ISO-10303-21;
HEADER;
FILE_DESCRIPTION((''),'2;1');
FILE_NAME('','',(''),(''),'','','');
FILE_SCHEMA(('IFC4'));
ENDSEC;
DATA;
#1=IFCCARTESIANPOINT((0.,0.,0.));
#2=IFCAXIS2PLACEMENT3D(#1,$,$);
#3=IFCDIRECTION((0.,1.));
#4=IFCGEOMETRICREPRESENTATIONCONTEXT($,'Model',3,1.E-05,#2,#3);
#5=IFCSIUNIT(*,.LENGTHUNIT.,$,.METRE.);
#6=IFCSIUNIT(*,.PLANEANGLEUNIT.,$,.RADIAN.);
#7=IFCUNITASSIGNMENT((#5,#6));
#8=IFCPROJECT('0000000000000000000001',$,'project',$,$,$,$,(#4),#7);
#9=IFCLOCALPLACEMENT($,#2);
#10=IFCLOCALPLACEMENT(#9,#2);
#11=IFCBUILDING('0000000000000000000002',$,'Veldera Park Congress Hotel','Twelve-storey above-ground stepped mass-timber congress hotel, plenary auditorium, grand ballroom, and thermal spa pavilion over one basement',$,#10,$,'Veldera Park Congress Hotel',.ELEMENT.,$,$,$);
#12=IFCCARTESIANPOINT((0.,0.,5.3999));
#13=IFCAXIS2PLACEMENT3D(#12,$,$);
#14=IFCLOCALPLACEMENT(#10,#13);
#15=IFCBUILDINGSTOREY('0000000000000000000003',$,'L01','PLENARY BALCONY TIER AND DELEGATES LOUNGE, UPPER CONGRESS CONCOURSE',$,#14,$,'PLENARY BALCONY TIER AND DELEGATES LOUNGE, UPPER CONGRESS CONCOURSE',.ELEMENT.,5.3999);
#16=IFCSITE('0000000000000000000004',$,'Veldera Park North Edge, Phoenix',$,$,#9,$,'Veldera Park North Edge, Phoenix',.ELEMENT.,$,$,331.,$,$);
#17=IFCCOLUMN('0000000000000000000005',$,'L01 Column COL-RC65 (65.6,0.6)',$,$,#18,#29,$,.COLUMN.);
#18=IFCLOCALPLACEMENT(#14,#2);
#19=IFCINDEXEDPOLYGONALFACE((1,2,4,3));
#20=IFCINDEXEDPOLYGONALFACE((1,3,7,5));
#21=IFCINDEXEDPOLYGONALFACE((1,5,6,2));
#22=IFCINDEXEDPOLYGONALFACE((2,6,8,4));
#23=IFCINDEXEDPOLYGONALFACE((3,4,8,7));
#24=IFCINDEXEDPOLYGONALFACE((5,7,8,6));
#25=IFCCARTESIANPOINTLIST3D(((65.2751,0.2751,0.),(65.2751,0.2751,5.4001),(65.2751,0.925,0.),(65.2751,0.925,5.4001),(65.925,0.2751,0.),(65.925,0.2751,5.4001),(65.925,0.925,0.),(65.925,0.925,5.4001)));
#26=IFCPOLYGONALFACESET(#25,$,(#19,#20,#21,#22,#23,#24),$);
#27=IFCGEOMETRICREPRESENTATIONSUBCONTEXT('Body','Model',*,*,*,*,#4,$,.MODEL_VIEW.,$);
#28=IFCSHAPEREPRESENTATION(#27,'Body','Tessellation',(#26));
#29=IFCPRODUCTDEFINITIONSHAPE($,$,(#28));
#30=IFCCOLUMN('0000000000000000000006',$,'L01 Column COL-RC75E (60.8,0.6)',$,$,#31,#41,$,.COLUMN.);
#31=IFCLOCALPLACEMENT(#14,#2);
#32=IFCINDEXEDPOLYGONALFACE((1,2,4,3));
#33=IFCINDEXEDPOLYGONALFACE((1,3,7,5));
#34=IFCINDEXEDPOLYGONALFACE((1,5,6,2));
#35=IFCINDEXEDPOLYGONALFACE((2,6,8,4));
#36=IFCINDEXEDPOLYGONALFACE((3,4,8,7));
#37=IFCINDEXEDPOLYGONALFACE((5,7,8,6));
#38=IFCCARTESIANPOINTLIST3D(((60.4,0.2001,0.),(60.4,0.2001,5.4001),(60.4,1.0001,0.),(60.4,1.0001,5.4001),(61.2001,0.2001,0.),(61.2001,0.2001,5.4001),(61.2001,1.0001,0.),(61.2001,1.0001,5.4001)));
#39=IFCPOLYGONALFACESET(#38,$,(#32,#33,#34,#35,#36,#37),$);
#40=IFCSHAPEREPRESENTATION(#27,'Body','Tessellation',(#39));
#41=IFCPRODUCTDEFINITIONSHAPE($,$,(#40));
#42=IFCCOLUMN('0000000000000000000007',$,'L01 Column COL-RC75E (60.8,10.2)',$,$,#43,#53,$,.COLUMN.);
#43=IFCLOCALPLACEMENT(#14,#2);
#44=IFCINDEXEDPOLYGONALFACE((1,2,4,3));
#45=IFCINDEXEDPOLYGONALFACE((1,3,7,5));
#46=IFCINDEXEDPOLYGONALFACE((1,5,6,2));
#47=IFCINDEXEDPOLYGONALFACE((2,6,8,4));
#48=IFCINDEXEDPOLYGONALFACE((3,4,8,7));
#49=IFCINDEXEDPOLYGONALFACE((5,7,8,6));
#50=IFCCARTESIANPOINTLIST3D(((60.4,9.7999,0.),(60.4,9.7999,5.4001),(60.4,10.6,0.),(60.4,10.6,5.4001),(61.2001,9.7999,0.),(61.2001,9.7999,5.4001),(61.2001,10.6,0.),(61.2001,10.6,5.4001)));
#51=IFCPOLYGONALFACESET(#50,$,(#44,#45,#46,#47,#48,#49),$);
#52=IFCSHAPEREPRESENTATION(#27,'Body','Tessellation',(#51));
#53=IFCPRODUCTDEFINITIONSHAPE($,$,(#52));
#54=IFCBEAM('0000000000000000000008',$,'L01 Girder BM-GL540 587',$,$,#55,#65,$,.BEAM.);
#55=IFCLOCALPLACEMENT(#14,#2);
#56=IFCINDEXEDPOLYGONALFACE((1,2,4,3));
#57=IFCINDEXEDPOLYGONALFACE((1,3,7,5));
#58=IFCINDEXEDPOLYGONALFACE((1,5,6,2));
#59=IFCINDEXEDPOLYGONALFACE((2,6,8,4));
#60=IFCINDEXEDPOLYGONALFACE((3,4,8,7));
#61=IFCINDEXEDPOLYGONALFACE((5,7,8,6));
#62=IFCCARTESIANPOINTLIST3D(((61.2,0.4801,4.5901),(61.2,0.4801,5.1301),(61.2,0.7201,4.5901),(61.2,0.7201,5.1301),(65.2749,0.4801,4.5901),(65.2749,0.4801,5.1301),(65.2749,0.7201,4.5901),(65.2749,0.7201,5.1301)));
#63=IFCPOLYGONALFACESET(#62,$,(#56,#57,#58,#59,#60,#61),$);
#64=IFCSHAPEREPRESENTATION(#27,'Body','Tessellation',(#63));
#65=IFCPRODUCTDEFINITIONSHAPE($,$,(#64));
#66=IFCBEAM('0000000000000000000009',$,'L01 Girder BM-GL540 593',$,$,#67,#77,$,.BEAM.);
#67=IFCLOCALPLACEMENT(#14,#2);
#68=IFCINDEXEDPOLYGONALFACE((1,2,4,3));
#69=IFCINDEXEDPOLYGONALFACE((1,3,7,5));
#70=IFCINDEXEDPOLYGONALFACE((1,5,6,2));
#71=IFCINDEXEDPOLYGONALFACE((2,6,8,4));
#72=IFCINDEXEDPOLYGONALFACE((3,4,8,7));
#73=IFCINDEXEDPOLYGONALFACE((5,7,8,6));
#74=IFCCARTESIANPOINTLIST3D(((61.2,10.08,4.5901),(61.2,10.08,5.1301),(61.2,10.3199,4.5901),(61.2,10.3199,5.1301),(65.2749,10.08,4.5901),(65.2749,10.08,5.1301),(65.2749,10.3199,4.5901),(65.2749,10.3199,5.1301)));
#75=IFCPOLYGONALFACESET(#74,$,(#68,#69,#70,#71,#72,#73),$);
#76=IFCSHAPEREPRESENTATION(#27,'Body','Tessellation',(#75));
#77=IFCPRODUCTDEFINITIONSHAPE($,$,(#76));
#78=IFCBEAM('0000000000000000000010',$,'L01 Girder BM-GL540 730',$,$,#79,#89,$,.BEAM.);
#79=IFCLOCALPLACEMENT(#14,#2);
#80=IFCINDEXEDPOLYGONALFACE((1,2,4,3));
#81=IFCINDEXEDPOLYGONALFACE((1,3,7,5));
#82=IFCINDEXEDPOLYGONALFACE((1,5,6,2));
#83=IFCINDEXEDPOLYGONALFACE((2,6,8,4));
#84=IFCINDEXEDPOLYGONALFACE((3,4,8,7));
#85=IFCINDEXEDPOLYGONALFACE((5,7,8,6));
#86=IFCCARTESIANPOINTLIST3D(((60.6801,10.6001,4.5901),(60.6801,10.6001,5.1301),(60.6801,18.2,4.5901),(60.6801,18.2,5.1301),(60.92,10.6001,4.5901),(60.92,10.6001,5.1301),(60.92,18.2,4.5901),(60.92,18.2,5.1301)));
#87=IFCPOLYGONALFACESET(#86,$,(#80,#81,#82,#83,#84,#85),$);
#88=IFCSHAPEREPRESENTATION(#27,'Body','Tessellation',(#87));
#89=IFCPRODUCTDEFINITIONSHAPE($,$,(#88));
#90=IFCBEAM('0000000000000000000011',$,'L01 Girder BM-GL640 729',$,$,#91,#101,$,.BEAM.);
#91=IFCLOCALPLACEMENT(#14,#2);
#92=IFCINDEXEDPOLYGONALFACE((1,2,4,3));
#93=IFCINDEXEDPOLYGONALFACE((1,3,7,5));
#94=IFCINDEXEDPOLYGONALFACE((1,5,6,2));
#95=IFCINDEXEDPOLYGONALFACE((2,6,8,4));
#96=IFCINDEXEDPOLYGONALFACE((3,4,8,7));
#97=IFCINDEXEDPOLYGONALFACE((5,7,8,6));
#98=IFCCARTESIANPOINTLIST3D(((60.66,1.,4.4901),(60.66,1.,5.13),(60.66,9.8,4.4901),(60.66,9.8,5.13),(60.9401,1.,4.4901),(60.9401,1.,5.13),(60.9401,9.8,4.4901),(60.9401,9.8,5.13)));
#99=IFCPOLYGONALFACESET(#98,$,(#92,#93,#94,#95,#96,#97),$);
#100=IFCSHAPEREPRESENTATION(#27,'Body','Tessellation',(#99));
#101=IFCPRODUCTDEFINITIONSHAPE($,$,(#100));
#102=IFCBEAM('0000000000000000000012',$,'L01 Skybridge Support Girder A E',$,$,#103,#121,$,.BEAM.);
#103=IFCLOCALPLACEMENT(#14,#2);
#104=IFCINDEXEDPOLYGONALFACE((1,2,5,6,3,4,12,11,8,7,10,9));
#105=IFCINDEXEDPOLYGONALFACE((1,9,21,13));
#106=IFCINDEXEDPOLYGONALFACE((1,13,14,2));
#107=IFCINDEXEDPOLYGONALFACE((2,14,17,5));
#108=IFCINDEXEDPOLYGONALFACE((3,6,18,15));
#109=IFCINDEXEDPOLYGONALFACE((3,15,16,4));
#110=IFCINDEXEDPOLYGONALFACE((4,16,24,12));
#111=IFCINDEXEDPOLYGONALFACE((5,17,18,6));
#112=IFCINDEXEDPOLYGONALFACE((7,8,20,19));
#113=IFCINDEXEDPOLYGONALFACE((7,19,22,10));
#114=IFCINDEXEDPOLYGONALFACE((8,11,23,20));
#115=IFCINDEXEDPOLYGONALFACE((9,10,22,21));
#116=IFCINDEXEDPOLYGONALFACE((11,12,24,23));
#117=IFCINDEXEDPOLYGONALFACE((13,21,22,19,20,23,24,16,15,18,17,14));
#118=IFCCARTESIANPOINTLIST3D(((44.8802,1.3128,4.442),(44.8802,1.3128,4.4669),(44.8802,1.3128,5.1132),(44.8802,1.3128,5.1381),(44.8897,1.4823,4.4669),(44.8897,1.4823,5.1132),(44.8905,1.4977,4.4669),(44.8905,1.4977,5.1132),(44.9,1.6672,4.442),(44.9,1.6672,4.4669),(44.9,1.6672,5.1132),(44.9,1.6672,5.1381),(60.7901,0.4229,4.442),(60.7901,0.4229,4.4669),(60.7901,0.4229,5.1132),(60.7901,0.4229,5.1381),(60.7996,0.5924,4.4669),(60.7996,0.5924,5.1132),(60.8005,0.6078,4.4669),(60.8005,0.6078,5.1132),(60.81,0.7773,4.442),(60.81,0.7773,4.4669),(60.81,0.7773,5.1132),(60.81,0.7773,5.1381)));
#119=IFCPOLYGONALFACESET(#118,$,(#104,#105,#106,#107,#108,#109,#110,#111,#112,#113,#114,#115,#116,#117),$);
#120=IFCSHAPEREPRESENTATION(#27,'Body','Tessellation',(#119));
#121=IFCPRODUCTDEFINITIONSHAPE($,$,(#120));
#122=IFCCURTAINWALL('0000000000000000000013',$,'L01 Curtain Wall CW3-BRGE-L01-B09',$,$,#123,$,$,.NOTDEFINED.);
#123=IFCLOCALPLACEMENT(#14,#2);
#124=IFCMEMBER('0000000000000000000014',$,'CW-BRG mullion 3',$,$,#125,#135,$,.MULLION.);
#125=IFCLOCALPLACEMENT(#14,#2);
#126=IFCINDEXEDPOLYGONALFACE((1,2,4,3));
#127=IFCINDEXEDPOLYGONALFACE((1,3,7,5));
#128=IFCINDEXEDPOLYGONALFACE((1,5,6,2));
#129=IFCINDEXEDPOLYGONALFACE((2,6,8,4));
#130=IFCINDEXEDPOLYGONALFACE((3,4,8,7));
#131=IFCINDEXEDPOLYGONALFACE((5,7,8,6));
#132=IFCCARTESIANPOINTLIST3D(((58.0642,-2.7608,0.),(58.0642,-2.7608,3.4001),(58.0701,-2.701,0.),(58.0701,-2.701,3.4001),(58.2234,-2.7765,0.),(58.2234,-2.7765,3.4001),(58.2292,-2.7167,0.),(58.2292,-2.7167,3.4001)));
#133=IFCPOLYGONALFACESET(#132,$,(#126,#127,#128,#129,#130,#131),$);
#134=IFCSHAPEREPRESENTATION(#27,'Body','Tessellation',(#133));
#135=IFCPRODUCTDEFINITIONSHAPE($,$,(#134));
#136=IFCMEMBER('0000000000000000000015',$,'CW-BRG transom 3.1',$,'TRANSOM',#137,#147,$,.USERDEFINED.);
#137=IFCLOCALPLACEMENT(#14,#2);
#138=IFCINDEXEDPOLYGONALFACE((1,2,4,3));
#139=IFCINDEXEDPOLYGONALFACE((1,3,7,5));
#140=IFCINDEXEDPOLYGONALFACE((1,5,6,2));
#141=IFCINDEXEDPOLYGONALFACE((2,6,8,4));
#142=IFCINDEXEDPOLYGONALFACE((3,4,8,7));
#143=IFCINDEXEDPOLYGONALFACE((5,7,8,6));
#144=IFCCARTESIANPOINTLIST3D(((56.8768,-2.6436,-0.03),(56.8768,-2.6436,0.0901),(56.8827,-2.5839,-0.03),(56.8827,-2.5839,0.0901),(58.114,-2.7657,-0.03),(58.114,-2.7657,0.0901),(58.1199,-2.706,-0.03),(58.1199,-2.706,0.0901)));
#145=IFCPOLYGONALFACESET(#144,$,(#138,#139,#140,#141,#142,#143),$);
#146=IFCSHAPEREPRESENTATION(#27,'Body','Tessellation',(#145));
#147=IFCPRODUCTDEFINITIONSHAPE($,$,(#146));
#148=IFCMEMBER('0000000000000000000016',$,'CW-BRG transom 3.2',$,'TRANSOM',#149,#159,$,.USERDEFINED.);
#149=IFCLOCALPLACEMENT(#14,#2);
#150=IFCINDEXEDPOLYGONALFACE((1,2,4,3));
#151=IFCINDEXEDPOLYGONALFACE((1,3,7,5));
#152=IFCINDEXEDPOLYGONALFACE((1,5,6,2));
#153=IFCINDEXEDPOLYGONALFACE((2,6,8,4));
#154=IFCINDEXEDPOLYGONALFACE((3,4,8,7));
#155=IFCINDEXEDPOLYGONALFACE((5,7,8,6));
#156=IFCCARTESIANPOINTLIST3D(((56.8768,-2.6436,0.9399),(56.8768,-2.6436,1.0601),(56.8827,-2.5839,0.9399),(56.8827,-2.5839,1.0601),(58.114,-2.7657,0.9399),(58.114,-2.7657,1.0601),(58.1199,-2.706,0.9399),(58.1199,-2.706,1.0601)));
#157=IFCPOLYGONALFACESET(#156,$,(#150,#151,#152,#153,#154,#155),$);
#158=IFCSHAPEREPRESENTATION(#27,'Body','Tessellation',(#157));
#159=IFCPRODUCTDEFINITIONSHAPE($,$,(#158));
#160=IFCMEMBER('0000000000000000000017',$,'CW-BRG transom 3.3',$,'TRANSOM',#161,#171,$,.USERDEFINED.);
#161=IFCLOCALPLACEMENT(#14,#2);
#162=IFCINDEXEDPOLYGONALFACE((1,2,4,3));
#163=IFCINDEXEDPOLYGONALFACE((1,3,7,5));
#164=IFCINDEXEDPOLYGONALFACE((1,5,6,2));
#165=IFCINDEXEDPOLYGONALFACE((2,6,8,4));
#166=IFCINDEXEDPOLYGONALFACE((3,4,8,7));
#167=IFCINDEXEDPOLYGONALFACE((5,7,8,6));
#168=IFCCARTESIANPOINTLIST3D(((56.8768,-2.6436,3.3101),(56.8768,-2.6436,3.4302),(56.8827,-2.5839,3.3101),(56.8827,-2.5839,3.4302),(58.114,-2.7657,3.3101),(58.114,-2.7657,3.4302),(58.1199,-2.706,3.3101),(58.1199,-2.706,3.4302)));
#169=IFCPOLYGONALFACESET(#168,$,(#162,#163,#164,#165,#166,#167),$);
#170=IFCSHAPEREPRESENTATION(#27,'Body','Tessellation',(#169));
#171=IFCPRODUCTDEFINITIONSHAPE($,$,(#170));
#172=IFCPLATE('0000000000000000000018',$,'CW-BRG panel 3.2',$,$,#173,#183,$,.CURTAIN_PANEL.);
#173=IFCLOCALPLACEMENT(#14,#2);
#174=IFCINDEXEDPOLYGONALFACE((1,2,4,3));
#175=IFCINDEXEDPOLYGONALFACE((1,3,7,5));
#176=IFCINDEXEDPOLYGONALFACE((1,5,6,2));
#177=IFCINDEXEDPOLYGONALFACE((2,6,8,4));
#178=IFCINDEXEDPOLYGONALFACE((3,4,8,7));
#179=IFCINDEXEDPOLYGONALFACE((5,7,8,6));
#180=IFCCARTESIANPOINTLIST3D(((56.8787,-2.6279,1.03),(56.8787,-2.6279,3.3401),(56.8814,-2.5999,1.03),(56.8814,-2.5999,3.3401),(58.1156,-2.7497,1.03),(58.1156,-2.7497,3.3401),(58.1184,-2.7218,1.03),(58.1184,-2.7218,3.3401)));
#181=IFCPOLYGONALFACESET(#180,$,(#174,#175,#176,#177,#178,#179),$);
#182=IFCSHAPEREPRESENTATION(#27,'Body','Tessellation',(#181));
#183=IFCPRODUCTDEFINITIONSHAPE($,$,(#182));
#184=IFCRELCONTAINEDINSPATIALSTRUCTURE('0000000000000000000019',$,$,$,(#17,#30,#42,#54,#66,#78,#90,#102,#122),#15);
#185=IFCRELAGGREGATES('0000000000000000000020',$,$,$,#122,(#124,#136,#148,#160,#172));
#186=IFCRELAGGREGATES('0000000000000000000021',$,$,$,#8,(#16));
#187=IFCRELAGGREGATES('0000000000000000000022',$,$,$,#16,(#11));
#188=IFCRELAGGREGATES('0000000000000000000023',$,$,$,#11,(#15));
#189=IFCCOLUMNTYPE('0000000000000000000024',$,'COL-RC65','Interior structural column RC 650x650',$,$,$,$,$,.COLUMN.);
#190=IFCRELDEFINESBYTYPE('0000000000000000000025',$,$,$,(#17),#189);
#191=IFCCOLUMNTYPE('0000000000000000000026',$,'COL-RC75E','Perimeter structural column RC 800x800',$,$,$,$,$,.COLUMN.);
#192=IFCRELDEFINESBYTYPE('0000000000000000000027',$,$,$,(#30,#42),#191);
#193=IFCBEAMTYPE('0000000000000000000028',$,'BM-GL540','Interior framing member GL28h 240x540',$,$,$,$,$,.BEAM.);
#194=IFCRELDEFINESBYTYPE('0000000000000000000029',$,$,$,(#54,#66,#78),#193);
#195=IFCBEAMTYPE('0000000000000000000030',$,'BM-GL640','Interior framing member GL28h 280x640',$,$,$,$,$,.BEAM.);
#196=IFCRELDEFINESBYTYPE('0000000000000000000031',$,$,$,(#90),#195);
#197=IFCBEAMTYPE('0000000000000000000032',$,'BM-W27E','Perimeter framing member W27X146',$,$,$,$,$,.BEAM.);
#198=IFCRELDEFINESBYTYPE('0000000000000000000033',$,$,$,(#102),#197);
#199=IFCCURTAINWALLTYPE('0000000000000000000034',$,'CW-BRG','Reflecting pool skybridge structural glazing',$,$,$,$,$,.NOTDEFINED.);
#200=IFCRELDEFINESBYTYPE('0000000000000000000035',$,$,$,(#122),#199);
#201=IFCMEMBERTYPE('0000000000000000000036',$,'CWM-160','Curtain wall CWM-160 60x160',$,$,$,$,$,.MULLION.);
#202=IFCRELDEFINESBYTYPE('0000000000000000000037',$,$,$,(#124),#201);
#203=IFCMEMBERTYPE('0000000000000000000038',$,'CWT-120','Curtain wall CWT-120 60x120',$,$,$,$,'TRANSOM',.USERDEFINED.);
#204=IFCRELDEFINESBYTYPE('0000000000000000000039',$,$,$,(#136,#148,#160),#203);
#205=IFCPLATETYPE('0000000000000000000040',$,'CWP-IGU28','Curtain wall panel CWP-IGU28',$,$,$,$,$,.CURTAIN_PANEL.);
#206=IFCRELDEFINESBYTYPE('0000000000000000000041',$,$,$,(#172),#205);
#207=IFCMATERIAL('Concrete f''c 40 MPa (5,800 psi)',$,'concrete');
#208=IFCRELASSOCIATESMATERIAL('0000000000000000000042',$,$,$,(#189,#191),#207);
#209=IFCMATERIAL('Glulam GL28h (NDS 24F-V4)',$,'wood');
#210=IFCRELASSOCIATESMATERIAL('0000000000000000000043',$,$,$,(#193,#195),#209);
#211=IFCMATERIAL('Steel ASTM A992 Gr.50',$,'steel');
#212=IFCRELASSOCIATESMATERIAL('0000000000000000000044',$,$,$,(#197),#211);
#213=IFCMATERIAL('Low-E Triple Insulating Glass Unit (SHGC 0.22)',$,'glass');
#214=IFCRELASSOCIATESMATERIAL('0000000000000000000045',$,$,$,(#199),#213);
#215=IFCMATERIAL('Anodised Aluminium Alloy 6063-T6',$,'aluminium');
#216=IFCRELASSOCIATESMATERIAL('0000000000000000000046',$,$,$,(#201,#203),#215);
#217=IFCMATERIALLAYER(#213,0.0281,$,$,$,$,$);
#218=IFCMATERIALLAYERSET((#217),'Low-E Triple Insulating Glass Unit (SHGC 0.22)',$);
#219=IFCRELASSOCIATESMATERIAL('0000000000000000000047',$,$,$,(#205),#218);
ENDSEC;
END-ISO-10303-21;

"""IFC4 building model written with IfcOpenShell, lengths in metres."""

from ifc_helpers import new_model, si_unit, direction, frame, origin, origin_2d, place, context, subcontext, project, spatial, rectangle, i_section, extrude, material, layer, layer_set, material_profile, profile_set, type_object, element, aggregate, save


model = new_model("IFC4")

# Units and contexts
model_context = context("Model", 3, precision=1e-05, world=origin(), true_north=direction((0.0, 1.0)))
body_context = subcontext(model_context, "Body", "Model", "MODEL_VIEW")
ifc_project = project(units=[si_unit("LENGTHUNIT", "METRE"), si_unit("PLANEANGLEUNIT", "RADIAN")], contexts=[model_context])

# Site, building, storey
site_placement = place(None, origin())
site = spatial("IfcSite", under=ifc_project, at=site_placement, Name="Veldera Park North Edge, Phoenix", LongName="Veldera Park North Edge, Phoenix", CompositionType="ELEMENT", RefElevation=331.0)
building_placement = place(site_placement, origin())
building = spatial("IfcBuilding", under=site, at=building_placement, Name="Veldera Park Congress Hotel", Description="Twelve-storey above-ground stepped mass-timber congress hotel, plenary auditorium, grand ballroom, and thermal spa pavilion over one basement", LongName="Veldera Park Congress Hotel", CompositionType="ELEMENT")
storey_placement = place(building_placement, frame((0.0, 0.0, 5.3999)))
storey = spatial("IfcBuildingStorey", under=building, at=storey_placement, Name="L01", Description="PLENARY BALCONY TIER AND DELEGATES LOUNGE, UPPER CONGRESS CONCOURSE", LongName="PLENARY BALCONY TIER AND DELEGATES LOUNGE, UPPER CONGRESS CONCOURSE", CompositionType="ELEMENT", Elevation=5.3999)

# Columns
ifc_material_1 = material(Name="Concrete f'c 40 MPa (5,800 psi)", Category="concrete")
ifc_material_profile_1 = material_profile(ifc_material_1, rectangle(XDim=0.6499, YDim=0.6499, at=origin_2d()), Name="RC 650x650")
ifc_profile_set_1 = profile_set([ifc_material_profile_1], Name="Concrete f'c 40 MPa (5,800 psi)")
column_type_1 = type_object("IfcColumnType", Name="COL-RC65", Description="Interior structural column RC 650x650", PredefinedType="COLUMN", material=ifc_profile_set_1)
column_placement = place(storey_placement, frame((65.6001, 0.6001, 0.0), z_axis=(0.0, 0.0, 1.0), x_axis=(1.0, 0.0, 0.0)))
element("IfcColumn", 1, at=column_placement, inside=storey, type_object=column_type_1, Name="L01 Column COL-RC65 (65.6,0.6)", PredefinedType="COLUMN", context=body_context, shape_type="SweptSolid", body=[
    extrude(rectangle(XDim=0.6499, YDim=0.6499, at=origin_2d()), origin(), (0.0, 0.0, 1.0), 5.4001),
])
ifc_material_profile_2 = material_profile(ifc_material_1, rectangle(XDim=0.8, YDim=0.8, at=origin_2d()), Name="RC 800x800")
ifc_profile_set_2 = profile_set([ifc_material_profile_2], Name="Concrete f'c 40 MPa (5,800 psi)")
column_type_2 = type_object("IfcColumnType", Name="COL-RC75E", Description="Perimeter structural column RC 800x800", PredefinedType="COLUMN", material=ifc_profile_set_2)
for number, where, z_axis, x_axis, name in (
    (2, (60.8, 0.6001, 0.0), (0.0, 0.0, 1.0), (1.0, 0.0, 0.0), "L01 Column COL-RC75E (60.8,0.6)"),
    (3, (60.8, 10.2, 0.0), (0.0, 0.0, 1.0), (1.0, 0.0, 0.0), "L01 Column COL-RC75E (60.8,10.2)"),
):
    element("IfcColumn", number, at=place(storey_placement, frame(where, z_axis=z_axis, x_axis=x_axis)), inside=storey, type_object=column_type_2, Name=name, PredefinedType="COLUMN", context=body_context, shape_type="SweptSolid", body=[
        extrude(rectangle(XDim=0.8, YDim=0.8, at=origin_2d()), origin(), (0.0, 0.0, 1.0), 5.4001),
    ])

# Beams
ifc_material_2 = material(Name="Glulam GL28h (NDS 24F-V4)", Category="wood")
ifc_material_profile_3 = material_profile(ifc_material_2, rectangle(XDim=0.24, YDim=0.54, at=origin_2d()), Name="GL28h 240x540")
ifc_profile_set_3 = profile_set([ifc_material_profile_3], Name="Glulam GL28h (NDS 24F-V4)")
beam_type_1 = type_object("IfcBeamType", Name="BM-GL540", Description="Interior framing member GL28h 240x540", PredefinedType="BEAM", material=ifc_profile_set_3)
for number, where, z_axis, x_axis, name in (
    (4, (61.2, 0.6001, 4.8601), (1.0, 0.0, 0.0), (0.0, 1.0, 0.0), "L01 Girder BM-GL540 587"),
    (5, (61.2, 10.2, 4.8601), (1.0, 0.0, 0.0), (0.0, 1.0, 0.0), "L01 Girder BM-GL540 593"),
):
    element("IfcBeam", number, at=place(storey_placement, frame(where, z_axis=z_axis, x_axis=x_axis)), inside=storey, type_object=beam_type_1, Name=name, PredefinedType="BEAM", context=body_context, shape_type="SweptSolid", body=[
        extrude(rectangle(XDim=0.24, YDim=0.54, at=origin_2d()), origin(), (0.0, 0.0, 1.0), 4.075),
    ])
beam_1_placement = place(storey_placement, frame((60.8, 10.6001, 4.8601), z_axis=(0.0, 1.0, 0.0), x_axis=(-1.0, 0.0, 0.0)))
element("IfcBeam", 6, at=beam_1_placement, inside=storey, type_object=beam_type_1, Name="L01 Girder BM-GL540 730", PredefinedType="BEAM", context=body_context, shape_type="SweptSolid", body=[
    extrude(rectangle(XDim=0.24, YDim=0.54, at=origin_2d()), origin(), (0.0, 0.0, 1.0), 7.5999),
])
ifc_material_profile_4 = material_profile(ifc_material_2, rectangle(XDim=0.28, YDim=0.6399, at=origin_2d()), Name="GL28h 280x640")
ifc_profile_set_4 = profile_set([ifc_material_profile_4], Name="Glulam GL28h (NDS 24F-V4)")
beam_type_2 = type_object("IfcBeamType", Name="BM-GL640", Description="Interior framing member GL28h 280x640", PredefinedType="BEAM", material=ifc_profile_set_4)
beam_2_placement = place(storey_placement, frame((60.8, 1.0, 4.8101), z_axis=(0.0, 1.0, 0.0), x_axis=(-1.0, 0.0, 0.0)))
element("IfcBeam", 7, at=beam_2_placement, inside=storey, type_object=beam_type_2, Name="L01 Girder BM-GL640 729", PredefinedType="BEAM", context=body_context, shape_type="SweptSolid", body=[
    extrude(rectangle(XDim=0.28, YDim=0.6399, at=origin_2d()), origin(), (0.0, 0.0, 1.0), 8.8),
])
ifc_material_3 = material(Name="Steel ASTM A992 Gr.50", Category="steel")
ifc_material_profile_5 = material_profile(ifc_material_3, i_section(OverallWidth=0.355, OverallDepth=0.696, WebThickness=0.0154, FlangeThickness=0.0249, at=origin_2d()), Name="W27X146")
ifc_profile_set_5 = profile_set([ifc_material_profile_5], Name="Steel ASTM A992 Gr.50")
beam_type_3 = type_object("IfcBeamType", Name="BM-W27E", Description="Perimeter framing member W27X146", PredefinedType="BEAM", material=ifc_profile_set_5)
beam_3_placement = place(storey_placement, frame((60.8, 0.6001, 4.79), z_axis=(-0.998439, 0.055846, 0.0), x_axis=(-0.055846, -0.998439, 0.0)))
element("IfcBeam", 8, at=beam_3_placement, inside=storey, type_object=beam_type_3, Name="L01 Skybridge Support Girder A E", PredefinedType="BEAM", context=body_context, shape_type="SweptSolid", body=[
    extrude(i_section(OverallWidth=0.355, OverallDepth=0.696, WebThickness=0.0154, FlangeThickness=0.0249, at=origin_2d()), origin(), (0.0, 0.0, 1.0), 15.9348),
])

# Curtain wall, members, plate
ifc_material_4 = material(Name="Low-E Triple Insulating Glass Unit (SHGC 0.22)", Category="glass")
curtain_wall_type = type_object("IfcCurtainWallType", Name="CW-BRG", Description="Reflecting pool skybridge structural glazing", PredefinedType="NOTDEFINED", material=ifc_material_4)
curtain_wall_placement = place(storey_placement, origin())
curtain_wall = element("IfcCurtainWall", 9, at=curtain_wall_placement, inside=storey, type_object=curtain_wall_type, Name="L01 Curtain Wall CW3-BRGE-L01-B09", PredefinedType="NOTDEFINED")
ifc_material_5 = material(Name="Anodised Aluminium Alloy 6063-T6", Category="aluminium")
ifc_material_profile_6 = material_profile(ifc_material_5, rectangle(XDim=0.0601, YDim=0.1599, at=origin_2d()), Name="ALU 60x160")
ifc_profile_set_6 = profile_set([ifc_material_profile_6], Name="Anodised Aluminium Alloy 6063-T6")
member_type_1 = type_object("IfcMemberType", Name="CWM-160", Description="Curtain wall CWM-160 60x160", PredefinedType="MULLION", material=ifc_profile_set_6)
member_1_placement = place(storey_placement, frame((58.1467, -2.7388, 0.0), z_axis=(0.0, 0.0, 1.0), x_axis=(-0.098023, -0.995184, 0.0)))
member_1 = element("IfcMember", 10, at=member_1_placement, type_object=member_type_1, Name="CW-BRG mullion 3", PredefinedType="MULLION", context=body_context, shape_type="SweptSolid", body=[
    extrude(rectangle(XDim=0.0601, YDim=0.1599, at=origin_2d()), origin(), (0.0, 0.0, 1.0), 3.4001),
])
ifc_material_profile_7 = material_profile(ifc_material_5, rectangle(XDim=0.0601, YDim=0.1201, at=origin_2d()), Name="ALU 60x120")
ifc_profile_set_7 = profile_set([ifc_material_profile_7], Name="Anodised Aluminium Alloy 6063-T6")
member_type_2 = type_object("IfcMemberType", Name="CWT-120", Description="Curtain wall CWT-120 60x120", ElementType="TRANSOM", PredefinedType="USERDEFINED", material=ifc_profile_set_7)
member_2_placement = place(storey_placement, frame((58.1169, -2.7358, 0.03), z_axis=(-0.995167, 0.098201, 0.0), x_axis=(-0.098201, -0.995167, 0.0)))
member_2 = element("IfcMember", 11, at=member_2_placement, type_object=member_type_2, Name="CW-BRG transom 3.1", ObjectType="TRANSOM", PredefinedType="USERDEFINED", context=body_context, shape_type="SweptSolid", body=[
    extrude(rectangle(XDim=0.0601, YDim=0.1201, at=origin_2d()), origin(), (0.0, 0.0, 1.0), 1.2432),
])
member_3_placement = place(storey_placement, frame((58.1169, -2.7358, 1.0), z_axis=(-0.995167, 0.098201, 0.0), x_axis=(-0.098201, -0.995167, 0.0)))
member_3 = element("IfcMember", 12, at=member_3_placement, type_object=member_type_2, Name="CW-BRG transom 3.2", ObjectType="TRANSOM", PredefinedType="USERDEFINED", context=body_context, shape_type="SweptSolid", body=[
    extrude(rectangle(XDim=0.0601, YDim=0.1201, at=origin_2d()), origin(), (0.0, 0.0, 1.0), 1.2432),
])
member_4_placement = place(storey_placement, frame((58.1169, -2.7358, 3.3701), z_axis=(-0.995167, 0.098201, 0.0), x_axis=(-0.098201, -0.995167, 0.0)))
member_4 = element("IfcMember", 13, at=member_4_placement, type_object=member_type_2, Name="CW-BRG transom 3.3", ObjectType="TRANSOM", PredefinedType="USERDEFINED", context=body_context, shape_type="SweptSolid", body=[
    extrude(rectangle(XDim=0.0601, YDim=0.1201, at=origin_2d()), origin(), (0.0, 0.0, 1.0), 1.2432),
])
ifc_layer_1 = layer(ifc_material_4, 0.0281)
ifc_layer_set_1 = layer_set([ifc_layer_1], Name="Low-E Triple Insulating Glass Unit (SHGC 0.22)")
plate_type = type_object("IfcPlateType", Name="CWP-IGU28", Description="Curtain wall panel CWP-IGU28", PredefinedType="CURTAIN_PANEL", material=ifc_layer_set_1)
plate_placement = place(storey_placement, frame((57.4985, -2.6748, 1.03), z_axis=(0.0, 0.0, 1.0), x_axis=(-0.995184, 0.098023, 0.0)))
plate = element("IfcPlate", 14, at=plate_placement, type_object=plate_type, Name="CW-BRG panel 3.2", PredefinedType="CURTAIN_PANEL", context=body_context, shape_type="SweptSolid", body=[
    extrude(rectangle(XDim=1.2429, YDim=0.0281, at=origin_2d()), origin(), (0.0, 0.0, 1.0), 2.3101),
])
aggregate(curtain_wall, [member_1, member_2, member_3, member_4, plate])

save(model, "model.ifc")
